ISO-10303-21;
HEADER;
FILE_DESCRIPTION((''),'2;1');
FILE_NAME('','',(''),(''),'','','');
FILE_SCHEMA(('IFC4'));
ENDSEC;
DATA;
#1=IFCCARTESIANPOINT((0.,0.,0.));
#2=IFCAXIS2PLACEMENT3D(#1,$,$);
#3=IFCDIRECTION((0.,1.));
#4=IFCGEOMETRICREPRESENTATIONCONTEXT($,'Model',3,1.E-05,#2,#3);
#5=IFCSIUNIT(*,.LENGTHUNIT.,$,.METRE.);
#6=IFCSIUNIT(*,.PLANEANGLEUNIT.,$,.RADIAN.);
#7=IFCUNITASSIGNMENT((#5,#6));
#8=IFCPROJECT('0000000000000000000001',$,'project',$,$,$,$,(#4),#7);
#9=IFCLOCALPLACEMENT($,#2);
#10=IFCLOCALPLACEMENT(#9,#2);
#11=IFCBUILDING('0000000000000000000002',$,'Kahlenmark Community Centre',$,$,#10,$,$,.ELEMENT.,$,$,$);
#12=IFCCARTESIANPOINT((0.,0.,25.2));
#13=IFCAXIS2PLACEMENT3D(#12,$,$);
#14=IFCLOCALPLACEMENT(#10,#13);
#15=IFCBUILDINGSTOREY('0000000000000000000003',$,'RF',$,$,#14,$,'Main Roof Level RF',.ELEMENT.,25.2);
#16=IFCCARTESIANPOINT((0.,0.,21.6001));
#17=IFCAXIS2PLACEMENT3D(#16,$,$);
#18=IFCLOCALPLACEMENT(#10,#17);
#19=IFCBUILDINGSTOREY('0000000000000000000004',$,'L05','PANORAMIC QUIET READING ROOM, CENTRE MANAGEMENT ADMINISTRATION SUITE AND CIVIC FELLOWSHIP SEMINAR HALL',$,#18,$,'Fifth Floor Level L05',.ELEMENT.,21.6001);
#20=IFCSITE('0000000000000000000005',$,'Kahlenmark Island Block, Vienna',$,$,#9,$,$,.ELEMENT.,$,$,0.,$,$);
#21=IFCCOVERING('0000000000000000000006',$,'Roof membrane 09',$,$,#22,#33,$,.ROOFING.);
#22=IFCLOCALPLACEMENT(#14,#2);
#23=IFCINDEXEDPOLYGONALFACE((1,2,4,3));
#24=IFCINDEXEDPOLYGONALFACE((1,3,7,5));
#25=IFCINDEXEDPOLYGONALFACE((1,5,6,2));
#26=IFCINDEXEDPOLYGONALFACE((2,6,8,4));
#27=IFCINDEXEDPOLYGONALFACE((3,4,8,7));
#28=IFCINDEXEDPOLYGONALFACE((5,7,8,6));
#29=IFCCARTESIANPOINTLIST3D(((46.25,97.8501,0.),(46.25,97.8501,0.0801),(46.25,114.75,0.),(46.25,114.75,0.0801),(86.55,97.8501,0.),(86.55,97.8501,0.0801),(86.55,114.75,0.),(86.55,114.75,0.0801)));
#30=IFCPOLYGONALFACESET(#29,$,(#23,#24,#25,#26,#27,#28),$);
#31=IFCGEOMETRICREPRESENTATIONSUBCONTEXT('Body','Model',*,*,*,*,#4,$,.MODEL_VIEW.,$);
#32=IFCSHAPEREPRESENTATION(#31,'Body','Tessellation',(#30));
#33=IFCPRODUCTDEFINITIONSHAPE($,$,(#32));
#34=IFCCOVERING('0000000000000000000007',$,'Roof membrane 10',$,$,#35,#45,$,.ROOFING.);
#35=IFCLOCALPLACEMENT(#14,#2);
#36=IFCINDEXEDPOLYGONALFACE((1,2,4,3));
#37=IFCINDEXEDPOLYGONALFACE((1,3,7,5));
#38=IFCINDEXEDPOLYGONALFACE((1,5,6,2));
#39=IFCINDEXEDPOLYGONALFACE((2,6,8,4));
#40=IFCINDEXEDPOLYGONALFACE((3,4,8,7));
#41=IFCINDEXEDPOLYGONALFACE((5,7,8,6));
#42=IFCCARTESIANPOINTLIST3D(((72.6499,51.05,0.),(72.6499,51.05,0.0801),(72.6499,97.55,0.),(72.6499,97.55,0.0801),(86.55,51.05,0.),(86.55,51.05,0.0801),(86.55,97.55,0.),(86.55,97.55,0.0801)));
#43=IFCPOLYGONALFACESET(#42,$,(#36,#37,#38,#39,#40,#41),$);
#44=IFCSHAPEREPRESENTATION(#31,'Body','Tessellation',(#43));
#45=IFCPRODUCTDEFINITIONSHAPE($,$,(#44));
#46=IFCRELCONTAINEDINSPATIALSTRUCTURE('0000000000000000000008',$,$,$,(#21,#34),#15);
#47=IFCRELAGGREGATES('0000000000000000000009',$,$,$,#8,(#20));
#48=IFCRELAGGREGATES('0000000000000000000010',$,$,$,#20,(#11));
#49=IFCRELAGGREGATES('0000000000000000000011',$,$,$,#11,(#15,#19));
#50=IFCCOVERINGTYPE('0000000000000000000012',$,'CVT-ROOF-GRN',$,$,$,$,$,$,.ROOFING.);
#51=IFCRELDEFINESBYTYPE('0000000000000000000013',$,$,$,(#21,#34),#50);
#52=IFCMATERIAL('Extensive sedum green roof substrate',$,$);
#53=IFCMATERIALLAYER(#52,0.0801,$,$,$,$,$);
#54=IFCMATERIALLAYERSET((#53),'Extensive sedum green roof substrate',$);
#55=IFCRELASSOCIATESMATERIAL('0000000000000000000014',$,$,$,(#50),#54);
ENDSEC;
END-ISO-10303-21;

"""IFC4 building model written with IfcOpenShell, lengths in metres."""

from ifc_helpers import new_model, si_unit, direction, frame, origin, place, context, subcontext, project, spatial, polyline, outline, extrude, material, layer, layer_set, type_object, element, save


model = new_model("IFC4")

# Units and contexts
model_context = context("Model", 3, precision=1e-05, world=origin(), true_north=direction((0.0, 1.0)))
body_context = subcontext(model_context, "Body", "Model", "MODEL_VIEW")
ifc_project = project(units=[si_unit("LENGTHUNIT", "METRE"), si_unit("PLANEANGLEUNIT", "RADIAN")], contexts=[model_context])

# Site, building, storey
site_placement = place(None, origin())
site = spatial("IfcSite", under=ifc_project, at=site_placement, Name="Kahlenmark Island Block, Vienna", CompositionType="ELEMENT", RefElevation=0.0)
building_placement = place(site_placement, origin())
building = spatial("IfcBuilding", under=site, at=building_placement, Name="Kahlenmark Community Centre", CompositionType="ELEMENT")
storey_1_placement = place(building_placement, frame((0.0, 0.0, 25.2)))
storey_1 = spatial("IfcBuildingStorey", under=building, at=storey_1_placement, Name="RF", LongName="Main Roof Level RF", CompositionType="ELEMENT", Elevation=25.2)

# Shared definitions
storey_2_placement = place(building_placement, frame((0.0, 0.0, 21.6001)))
storey_2 = spatial("IfcBuildingStorey", under=building, at=storey_2_placement, Name="L05", Description="PANORAMIC QUIET READING ROOM, CENTRE MANAGEMENT ADMINISTRATION SUITE AND CIVIC FELLOWSHIP SEMINAR HALL", LongName="Fifth Floor Level L05", CompositionType="ELEMENT", Elevation=21.6001)

# Coverings
ifc_material_1 = material(Name="Extensive sedum green roof substrate")
ifc_layer_1 = layer(ifc_material_1, 0.0801)
ifc_layer_set_1 = layer_set([ifc_layer_1], Name="Extensive sedum green roof substrate")
covering_type = type_object("IfcCoveringType", Name="CVT-ROOF-GRN", PredefinedType="ROOFING", material=ifc_layer_set_1)
covering_1_placement = place(storey_1_placement, origin())
element("IfcCovering", 1, at=covering_1_placement, inside=storey_1, type_object=covering_type, Name="Roof membrane 09", PredefinedType="ROOFING", context=body_context, shape_type="SweptSolid", body=[
    extrude(outline(polyline([(46.25, 97.8501), (86.55, 97.8501), (86.55, 114.75), (46.25, 114.75), (46.25, 97.8501)])), origin(), (0.0, 0.0, 1.0), 0.0801),
])
covering_2_placement = place(storey_1_placement, origin())
element("IfcCovering", 2, at=covering_2_placement, inside=storey_1, type_object=covering_type, Name="Roof membrane 10", PredefinedType="ROOFING", context=body_context, shape_type="SweptSolid", body=[
    extrude(outline(polyline([(72.6499, 51.05), (86.55, 51.05), (86.55, 97.55), (72.6499, 97.55), (72.6499, 51.05)])), origin(), (0.0, 0.0, 1.0), 0.0801),
])

save(model, "model.ifc")
